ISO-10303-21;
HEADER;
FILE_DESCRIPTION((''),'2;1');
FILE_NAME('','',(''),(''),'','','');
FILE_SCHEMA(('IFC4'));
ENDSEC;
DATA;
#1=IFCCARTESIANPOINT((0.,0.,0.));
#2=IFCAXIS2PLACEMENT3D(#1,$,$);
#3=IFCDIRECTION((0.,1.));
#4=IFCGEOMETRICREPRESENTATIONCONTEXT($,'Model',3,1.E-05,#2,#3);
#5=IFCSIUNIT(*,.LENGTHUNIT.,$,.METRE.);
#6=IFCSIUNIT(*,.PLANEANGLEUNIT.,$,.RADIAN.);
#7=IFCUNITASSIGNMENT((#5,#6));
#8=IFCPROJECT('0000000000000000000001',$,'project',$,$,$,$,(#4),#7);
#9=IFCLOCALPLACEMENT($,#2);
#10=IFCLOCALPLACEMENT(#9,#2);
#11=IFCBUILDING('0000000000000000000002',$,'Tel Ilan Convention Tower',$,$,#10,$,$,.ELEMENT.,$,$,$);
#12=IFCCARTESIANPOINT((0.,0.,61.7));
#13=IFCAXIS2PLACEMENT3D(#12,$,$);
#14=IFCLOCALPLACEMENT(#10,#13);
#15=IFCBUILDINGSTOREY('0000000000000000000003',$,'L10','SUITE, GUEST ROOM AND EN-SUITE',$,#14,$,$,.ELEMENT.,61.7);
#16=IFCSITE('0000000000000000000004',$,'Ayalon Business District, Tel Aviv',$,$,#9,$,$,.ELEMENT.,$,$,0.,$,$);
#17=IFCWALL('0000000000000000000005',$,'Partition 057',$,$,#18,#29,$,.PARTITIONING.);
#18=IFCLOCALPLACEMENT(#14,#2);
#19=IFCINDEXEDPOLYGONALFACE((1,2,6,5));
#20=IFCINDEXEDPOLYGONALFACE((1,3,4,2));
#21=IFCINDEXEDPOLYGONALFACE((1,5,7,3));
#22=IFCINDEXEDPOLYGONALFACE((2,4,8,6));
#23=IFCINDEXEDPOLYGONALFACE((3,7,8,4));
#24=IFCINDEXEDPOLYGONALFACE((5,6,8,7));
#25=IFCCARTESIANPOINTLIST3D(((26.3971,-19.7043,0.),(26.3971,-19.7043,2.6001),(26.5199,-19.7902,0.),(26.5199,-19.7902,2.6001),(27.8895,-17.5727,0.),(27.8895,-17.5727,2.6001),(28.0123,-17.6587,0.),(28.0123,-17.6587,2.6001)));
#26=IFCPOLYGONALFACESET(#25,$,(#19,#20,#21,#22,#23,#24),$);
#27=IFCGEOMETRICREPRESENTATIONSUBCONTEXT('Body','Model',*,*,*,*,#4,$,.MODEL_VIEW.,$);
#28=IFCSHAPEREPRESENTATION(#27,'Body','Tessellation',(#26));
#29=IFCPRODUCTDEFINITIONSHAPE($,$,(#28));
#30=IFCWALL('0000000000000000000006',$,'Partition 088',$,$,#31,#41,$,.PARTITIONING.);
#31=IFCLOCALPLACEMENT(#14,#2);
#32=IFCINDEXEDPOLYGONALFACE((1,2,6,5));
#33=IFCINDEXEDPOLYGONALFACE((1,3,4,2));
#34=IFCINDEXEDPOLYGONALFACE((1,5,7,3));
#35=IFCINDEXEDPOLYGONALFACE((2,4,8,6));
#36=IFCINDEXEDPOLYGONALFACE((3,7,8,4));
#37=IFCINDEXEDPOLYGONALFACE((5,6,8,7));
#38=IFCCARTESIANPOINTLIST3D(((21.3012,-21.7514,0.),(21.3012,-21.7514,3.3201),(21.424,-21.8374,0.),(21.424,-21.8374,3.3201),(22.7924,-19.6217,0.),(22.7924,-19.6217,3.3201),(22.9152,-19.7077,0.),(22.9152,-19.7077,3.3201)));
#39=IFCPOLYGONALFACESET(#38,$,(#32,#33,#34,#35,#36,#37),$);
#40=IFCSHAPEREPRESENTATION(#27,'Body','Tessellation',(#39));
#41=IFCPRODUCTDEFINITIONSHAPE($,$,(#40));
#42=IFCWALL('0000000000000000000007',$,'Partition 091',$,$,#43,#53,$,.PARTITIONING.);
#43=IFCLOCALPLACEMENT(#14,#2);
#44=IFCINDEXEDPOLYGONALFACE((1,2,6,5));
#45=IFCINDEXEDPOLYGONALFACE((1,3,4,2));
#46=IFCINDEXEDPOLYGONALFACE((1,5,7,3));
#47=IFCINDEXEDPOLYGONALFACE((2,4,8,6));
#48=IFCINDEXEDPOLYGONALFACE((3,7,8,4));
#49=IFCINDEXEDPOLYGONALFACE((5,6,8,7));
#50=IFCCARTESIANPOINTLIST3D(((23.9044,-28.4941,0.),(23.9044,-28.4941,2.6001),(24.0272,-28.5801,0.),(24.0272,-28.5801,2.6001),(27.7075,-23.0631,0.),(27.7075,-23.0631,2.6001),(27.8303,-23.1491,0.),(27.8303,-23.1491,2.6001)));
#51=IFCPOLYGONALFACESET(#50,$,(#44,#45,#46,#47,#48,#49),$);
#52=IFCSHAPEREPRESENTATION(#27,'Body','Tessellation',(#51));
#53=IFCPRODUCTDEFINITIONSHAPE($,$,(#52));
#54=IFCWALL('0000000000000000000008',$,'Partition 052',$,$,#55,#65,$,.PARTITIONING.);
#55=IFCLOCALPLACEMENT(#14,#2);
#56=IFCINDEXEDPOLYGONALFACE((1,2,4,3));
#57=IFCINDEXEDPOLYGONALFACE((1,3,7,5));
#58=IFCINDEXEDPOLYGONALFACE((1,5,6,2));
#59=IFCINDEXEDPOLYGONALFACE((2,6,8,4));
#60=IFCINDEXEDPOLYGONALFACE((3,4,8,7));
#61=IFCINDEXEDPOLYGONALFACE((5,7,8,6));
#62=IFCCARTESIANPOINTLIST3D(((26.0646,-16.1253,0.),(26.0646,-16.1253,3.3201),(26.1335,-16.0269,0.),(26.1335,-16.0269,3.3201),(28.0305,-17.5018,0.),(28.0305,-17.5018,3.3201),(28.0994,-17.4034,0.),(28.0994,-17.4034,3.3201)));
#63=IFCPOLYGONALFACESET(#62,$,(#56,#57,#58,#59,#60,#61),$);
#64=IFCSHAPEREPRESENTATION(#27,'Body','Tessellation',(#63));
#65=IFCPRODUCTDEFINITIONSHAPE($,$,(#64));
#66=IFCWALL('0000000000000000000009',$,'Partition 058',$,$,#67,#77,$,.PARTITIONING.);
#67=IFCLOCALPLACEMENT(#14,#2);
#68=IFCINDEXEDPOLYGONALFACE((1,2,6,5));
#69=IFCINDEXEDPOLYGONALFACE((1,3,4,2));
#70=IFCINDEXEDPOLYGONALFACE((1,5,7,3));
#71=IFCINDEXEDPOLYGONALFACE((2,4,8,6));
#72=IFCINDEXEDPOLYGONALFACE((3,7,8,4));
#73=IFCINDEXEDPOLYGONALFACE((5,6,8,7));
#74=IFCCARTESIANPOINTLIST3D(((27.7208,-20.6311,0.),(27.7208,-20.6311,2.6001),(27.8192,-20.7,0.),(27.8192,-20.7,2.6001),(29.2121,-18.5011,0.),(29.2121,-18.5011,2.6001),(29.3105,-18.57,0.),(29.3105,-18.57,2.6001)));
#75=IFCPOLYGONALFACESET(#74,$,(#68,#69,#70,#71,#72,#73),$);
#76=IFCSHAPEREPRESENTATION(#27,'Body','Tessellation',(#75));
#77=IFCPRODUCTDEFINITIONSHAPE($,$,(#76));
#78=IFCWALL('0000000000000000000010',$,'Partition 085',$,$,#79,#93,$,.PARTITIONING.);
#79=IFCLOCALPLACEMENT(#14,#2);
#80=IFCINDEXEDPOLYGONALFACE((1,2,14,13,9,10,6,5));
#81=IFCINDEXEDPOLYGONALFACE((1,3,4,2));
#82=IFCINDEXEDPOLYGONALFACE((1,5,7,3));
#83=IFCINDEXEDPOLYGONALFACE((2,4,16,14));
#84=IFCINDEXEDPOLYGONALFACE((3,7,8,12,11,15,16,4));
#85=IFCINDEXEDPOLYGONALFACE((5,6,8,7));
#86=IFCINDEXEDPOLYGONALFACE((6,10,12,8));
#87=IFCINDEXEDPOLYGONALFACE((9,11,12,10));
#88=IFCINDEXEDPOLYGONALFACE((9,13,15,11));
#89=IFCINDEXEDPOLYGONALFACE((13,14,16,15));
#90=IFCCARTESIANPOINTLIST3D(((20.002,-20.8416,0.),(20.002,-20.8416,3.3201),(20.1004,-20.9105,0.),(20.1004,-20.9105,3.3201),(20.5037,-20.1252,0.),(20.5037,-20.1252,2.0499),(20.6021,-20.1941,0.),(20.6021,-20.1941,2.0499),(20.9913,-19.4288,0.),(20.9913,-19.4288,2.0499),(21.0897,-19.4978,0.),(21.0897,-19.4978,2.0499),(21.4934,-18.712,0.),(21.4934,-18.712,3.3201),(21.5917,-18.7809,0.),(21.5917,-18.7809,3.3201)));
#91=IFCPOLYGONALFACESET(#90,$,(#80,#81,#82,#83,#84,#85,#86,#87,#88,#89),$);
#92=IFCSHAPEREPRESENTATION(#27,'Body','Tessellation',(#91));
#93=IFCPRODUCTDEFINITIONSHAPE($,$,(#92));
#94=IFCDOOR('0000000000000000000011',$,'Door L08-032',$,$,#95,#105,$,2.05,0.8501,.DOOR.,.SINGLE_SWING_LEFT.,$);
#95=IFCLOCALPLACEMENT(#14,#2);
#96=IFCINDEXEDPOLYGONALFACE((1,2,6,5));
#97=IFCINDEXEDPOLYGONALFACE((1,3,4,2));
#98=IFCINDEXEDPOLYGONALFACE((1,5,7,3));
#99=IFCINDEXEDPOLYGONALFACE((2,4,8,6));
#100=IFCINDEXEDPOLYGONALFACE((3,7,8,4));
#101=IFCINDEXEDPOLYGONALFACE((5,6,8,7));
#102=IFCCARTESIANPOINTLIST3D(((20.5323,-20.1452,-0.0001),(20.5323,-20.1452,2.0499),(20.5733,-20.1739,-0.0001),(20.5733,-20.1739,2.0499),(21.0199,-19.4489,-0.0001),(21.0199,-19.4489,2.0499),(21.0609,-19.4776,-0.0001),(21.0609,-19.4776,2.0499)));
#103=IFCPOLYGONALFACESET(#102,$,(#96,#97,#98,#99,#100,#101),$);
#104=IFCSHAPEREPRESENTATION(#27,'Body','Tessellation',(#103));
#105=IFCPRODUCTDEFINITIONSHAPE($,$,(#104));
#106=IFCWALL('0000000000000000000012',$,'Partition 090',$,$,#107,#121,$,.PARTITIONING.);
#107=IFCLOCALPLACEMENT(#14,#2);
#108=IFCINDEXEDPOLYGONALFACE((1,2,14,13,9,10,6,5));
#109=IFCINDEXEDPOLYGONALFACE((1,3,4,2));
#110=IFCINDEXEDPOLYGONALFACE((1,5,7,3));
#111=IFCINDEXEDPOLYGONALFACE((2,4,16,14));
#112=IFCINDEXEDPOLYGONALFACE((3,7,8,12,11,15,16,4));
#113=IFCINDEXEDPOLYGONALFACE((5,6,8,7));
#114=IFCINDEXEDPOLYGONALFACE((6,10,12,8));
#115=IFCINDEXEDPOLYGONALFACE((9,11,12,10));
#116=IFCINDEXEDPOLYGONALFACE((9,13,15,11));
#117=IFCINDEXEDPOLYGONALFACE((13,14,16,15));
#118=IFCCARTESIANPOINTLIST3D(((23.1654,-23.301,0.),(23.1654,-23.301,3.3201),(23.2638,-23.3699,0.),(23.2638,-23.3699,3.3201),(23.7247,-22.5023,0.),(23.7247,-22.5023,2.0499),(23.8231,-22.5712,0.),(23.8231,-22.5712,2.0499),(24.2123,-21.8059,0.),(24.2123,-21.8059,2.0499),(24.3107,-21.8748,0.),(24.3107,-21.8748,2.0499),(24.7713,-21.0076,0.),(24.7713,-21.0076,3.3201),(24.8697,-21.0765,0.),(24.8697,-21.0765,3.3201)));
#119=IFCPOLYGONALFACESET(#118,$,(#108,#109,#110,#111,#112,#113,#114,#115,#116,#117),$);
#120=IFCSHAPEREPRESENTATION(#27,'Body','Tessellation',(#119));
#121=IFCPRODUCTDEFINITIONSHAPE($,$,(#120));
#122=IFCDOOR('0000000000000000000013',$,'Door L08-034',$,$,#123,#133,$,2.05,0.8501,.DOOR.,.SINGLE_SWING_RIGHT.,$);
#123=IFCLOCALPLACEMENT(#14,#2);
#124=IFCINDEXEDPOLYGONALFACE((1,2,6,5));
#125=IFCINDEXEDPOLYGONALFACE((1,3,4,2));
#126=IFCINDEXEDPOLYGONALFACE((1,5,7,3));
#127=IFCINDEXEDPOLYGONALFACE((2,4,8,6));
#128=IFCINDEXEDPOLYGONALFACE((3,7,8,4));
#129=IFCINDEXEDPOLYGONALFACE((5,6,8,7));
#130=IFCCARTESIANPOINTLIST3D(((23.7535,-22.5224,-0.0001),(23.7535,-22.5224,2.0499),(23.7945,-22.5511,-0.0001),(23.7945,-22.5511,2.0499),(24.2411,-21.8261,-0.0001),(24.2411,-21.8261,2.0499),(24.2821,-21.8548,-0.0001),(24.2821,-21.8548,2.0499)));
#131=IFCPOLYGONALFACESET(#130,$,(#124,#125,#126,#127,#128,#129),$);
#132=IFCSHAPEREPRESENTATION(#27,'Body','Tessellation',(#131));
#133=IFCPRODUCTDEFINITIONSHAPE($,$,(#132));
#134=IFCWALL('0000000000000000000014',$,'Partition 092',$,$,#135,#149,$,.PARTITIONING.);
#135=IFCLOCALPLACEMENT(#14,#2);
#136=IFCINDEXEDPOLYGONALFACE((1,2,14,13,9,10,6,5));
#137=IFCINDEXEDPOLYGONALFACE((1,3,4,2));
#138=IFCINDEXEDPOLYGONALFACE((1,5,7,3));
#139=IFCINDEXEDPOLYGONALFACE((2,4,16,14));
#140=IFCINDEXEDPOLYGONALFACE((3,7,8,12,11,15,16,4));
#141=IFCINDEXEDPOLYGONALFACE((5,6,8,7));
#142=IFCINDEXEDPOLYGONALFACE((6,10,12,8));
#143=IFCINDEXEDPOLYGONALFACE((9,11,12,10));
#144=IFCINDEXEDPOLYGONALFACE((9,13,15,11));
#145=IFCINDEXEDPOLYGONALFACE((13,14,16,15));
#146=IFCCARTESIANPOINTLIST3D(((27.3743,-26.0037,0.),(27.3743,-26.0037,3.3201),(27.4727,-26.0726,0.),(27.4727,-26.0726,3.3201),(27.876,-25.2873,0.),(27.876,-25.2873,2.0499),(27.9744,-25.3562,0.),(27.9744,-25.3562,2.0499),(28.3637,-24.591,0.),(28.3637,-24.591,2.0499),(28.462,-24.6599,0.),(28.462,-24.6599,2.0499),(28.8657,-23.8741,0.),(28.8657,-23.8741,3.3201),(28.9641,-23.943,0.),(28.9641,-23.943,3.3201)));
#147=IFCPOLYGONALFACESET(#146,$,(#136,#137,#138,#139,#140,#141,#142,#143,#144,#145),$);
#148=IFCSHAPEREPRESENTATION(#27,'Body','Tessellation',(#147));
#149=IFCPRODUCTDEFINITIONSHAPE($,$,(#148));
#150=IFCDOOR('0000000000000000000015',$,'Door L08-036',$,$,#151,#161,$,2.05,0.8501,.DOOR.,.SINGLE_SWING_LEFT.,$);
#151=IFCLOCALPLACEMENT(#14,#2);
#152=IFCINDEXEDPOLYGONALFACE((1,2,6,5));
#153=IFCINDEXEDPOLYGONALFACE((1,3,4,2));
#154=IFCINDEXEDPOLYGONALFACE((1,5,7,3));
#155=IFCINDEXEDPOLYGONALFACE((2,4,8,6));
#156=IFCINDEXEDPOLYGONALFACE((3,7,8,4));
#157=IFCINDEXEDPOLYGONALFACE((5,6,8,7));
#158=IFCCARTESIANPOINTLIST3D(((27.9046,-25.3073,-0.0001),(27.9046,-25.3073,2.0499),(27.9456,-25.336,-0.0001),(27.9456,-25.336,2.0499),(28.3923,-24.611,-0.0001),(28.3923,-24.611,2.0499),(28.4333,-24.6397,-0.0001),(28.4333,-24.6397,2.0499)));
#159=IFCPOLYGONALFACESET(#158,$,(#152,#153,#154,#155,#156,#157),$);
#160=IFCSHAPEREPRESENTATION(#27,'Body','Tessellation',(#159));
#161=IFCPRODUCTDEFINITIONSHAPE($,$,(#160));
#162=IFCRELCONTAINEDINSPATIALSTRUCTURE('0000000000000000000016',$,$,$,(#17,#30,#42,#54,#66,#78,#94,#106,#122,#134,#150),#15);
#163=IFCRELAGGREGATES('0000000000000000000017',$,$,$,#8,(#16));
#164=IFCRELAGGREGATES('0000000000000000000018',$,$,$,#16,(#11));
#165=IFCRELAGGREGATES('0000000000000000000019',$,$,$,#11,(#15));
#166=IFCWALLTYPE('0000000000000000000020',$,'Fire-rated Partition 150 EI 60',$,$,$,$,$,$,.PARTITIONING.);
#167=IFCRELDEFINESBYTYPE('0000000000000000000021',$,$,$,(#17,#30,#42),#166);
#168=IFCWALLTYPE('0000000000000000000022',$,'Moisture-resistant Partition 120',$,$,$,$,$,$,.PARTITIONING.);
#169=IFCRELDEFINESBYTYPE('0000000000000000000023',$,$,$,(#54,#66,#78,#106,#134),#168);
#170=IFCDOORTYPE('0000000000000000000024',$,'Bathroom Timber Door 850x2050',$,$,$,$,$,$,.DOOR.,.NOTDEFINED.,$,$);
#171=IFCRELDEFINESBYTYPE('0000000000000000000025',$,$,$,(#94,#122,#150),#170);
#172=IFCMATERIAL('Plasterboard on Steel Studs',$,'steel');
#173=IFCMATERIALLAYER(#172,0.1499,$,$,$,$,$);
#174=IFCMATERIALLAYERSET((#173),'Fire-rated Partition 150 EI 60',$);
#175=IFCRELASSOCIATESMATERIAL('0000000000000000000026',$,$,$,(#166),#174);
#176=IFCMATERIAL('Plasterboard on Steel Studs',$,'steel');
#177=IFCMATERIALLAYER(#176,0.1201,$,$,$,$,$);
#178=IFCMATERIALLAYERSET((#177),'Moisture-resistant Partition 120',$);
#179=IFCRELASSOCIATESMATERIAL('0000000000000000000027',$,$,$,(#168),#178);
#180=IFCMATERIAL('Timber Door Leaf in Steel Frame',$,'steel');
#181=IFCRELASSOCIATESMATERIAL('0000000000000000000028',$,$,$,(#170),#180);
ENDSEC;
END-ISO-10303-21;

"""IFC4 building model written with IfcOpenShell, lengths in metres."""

from ifc_helpers import new_model, si_unit, direction, frame, frame_2d, origin, place, context, subcontext, project, spatial, rectangle, extrude, material, layer, layer_set, type_object, element, fill, save


model = new_model("IFC4")

# Units and contexts
model_context = context("Model", 3, precision=1e-05, world=origin(), true_north=direction((0.0, 1.0)))
body_context = subcontext(model_context, "Body", "Model", "MODEL_VIEW")
ifc_project = project(units=[si_unit("LENGTHUNIT", "METRE"), si_unit("PLANEANGLEUNIT", "RADIAN")], contexts=[model_context])

# Site, building, storey
site_placement = place(None, origin())
site = spatial("IfcSite", under=ifc_project, at=site_placement, Name="Ayalon Business District, Tel Aviv", CompositionType="ELEMENT", RefElevation=0.0)
building_placement = place(site_placement, origin())
building = spatial("IfcBuilding", under=site, at=building_placement, Name="Tel Ilan Convention Tower", CompositionType="ELEMENT")
storey_placement = place(building_placement, frame((0.0, 0.0, 61.7)))
storey = spatial("IfcBuildingStorey", under=building, at=storey_placement, Name="L10", Description="SUITE, GUEST ROOM AND EN-SUITE", CompositionType="ELEMENT", Elevation=61.7)

# Shared definitions
ifc_material_1 = material(Name="Plasterboard on Steel Studs", Category="steel")
ifc_layer_1 = layer(ifc_material_1, 0.1499)
ifc_layer_set_1 = layer_set([ifc_layer_1], Name="Fire-rated Partition 150 EI 60")
wall_type_1 = type_object("IfcWallType", Name="Fire-rated Partition 150 EI 60", PredefinedType="PARTITIONING", material=ifc_layer_set_1)

# Walls
wall_1_placement = place(storey_placement, frame((27.9509, -17.6157, 0.0), z_axis=(0.0, 0.0, 1.0), x_axis=(-0.573544, -0.819175, 0.0)))
element("IfcWall", 1, at=wall_1_placement, inside=storey, type_object=wall_type_1, Name="Partition 057", PredefinedType="PARTITIONING", context=body_context, shape_type="SweptSolid", body=[
    extrude(rectangle(XDim=2.6021, YDim=0.1499, at=frame_2d((1.301, 0.0))), origin(), (0.0, 0.0, 1.0), 2.6001),
])
wall_2_placement = place(storey_placement, frame((22.8538, -19.6648, 0.0), z_axis=(0.0, 0.0, 1.0), x_axis=(-0.573582, -0.819148, 0.0)))
element("IfcWall", 2, at=wall_2_placement, inside=storey, type_object=wall_type_1, Name="Partition 088", PredefinedType="PARTITIONING", context=body_context, shape_type="SweptSolid", body=[
    extrude(rectangle(XDim=2.5999, YDim=0.1499, at=frame_2d((1.2998, 0.0))), origin(), (0.0, 0.0, 1.0), 3.3201),
])
wall_3_placement = place(storey_placement, frame((27.7688, -23.1062, 0.0), z_axis=(0.0, 0.0, 1.0), x_axis=(-0.573598, -0.819137, 0.0)))
element("IfcWall", 3, at=wall_3_placement, inside=storey, type_object=wall_type_1, Name="Partition 091", PredefinedType="PARTITIONING", context=body_context, shape_type="SweptSolid", body=[
    extrude(rectangle(XDim=6.6301, YDim=0.1499, at=frame_2d((3.3149, 0.0))), origin(), (0.0, 0.0, 1.0), 2.6001),
])
ifc_material_2 = material(Name="Plasterboard on Steel Studs", Category="steel")
ifc_layer_2 = layer(ifc_material_2, 0.1201)
ifc_layer_set_2 = layer_set([ifc_layer_2], Name="Moisture-resistant Partition 120")
wall_type_2 = type_object("IfcWallType", Name="Moisture-resistant Partition 120", PredefinedType="PARTITIONING", material=ifc_layer_set_2)
wall_4_placement = place(storey_placement, frame((28.0649, -17.4526, 0.0), z_axis=(0.0, 0.0, 1.0), x_axis=(-0.819155, 0.573572, 0.0)))
element("IfcWall", 4, at=wall_4_placement, inside=storey, type_object=wall_type_2, Name="Partition 052", PredefinedType="PARTITIONING", context=body_context, shape_type="SweptSolid", body=[
    extrude(rectangle(XDim=2.3999, YDim=0.1201, at=frame_2d((1.2, 0.0))), origin(), (0.0, 0.0, 1.0), 3.3201),
])
wall_5_placement = place(storey_placement, frame((27.77, -20.6655, 0.0), z_axis=(0.0, 0.0, 1.0), x_axis=(0.573538, 0.819179, 0.0)))
element("IfcWall", 5, at=wall_5_placement, inside=storey, type_object=wall_type_2, Name="Partition 058", PredefinedType="PARTITIONING", context=body_context, shape_type="SweptSolid", body=[
    extrude(rectangle(XDim=2.6001, YDim=0.1201, at=frame_2d((1.3, 0.0))), origin(), (0.0, 0.0, 1.0), 2.6001),
])

# Walls, openings, doors
wall_6_placement = place(storey_placement, frame((21.5425, -18.7466, 0.0), z_axis=(0.0, 0.0, 1.0), x_axis=(-0.573645, -0.819104, 0.0)))
wall_6 = element("IfcWall", 6, at=wall_6_placement, inside=storey, type_object=wall_type_2, Name="Partition 085", PredefinedType="PARTITIONING", context=body_context, shape_type="SweptSolid", body=[
    extrude(rectangle(XDim=2.5999, YDim=0.1201, at=frame_2d((1.2998, 0.0))), origin(), (0.0, 0.0, 1.0), 3.3201),
])
opening_1_placement = place(wall_6_placement, frame((0.875, 0.0, 0.0)))
opening_1 = element("IfcOpeningElement", 7, at=opening_1_placement, cuts=wall_6, PredefinedType="OPENING", context=body_context, shape_type="SweptSolid", body=[
    extrude(rectangle(XDim=0.8501, YDim=2.05, at=frame_2d((0.425, 1.0249))), frame((0.0, 0.0701, 0.0), z_axis=(0.0, -1.0, 0.0), x_axis=(1.0, 0.0, 0.0)), (0.0, 0.0, 1.0), 0.1401),
])
ifc_material_3 = material(Name="Timber Door Leaf in Steel Frame", Category="steel")
door_type_1 = type_object("IfcDoorType", Name="Bathroom Timber Door 850x2050", OperationType="NOTDEFINED", PredefinedType="DOOR", material=ifc_material_3)
door_1_placement = place(opening_1_placement, origin())
door_1 = element("IfcDoor", 8, at=door_1_placement, inside=storey, type_object=door_type_1, Name="Door L08-032", OperationType="SINGLE_SWING_LEFT", OverallHeight=2.05, OverallWidth=0.8501, PredefinedType="DOOR", context=body_context, shape_type="SweptSolid", body=[
    extrude(rectangle(XDim=0.8501, YDim=2.05, at=frame_2d((0.425, 1.0249))), frame((0.0, 0.0249, 0.0), z_axis=(0.0, -1.0, 0.0), x_axis=(1.0, 0.0, 0.0)), (0.0, 0.0, 1.0), 0.05),
])
fill(opening_1, door_1)
wall_7_placement = place(storey_placement, frame((23.2146, -23.3354, 0.0), z_axis=(0.0, 0.0, 1.0), x_axis=(0.573591, 0.819142, 0.0)))
wall_7 = element("IfcWall", 9, at=wall_7_placement, inside=storey, type_object=wall_type_2, Name="Partition 090", PredefinedType="PARTITIONING", context=body_context, shape_type="SweptSolid", body=[
    extrude(rectangle(XDim=2.7998, YDim=0.1201, at=frame_2d((1.3999, 0.0))), origin(), (0.0, 0.0, 1.0), 3.3201),
])
opening_2_placement = place(wall_7_placement, frame((0.9751, 0.0, 0.0)))
opening_2 = element("IfcOpeningElement", 10, at=opening_2_placement, cuts=wall_7, PredefinedType="OPENING", context=body_context, shape_type="SweptSolid", body=[
    extrude(rectangle(XDim=0.8501, YDim=2.05, at=frame_2d((0.425, 1.0249))), frame((0.0, 0.0701, 0.0), z_axis=(0.0, -1.0, 0.0), x_axis=(1.0, 0.0, 0.0)), (0.0, 0.0, 1.0), 0.1401),
])
door_2_placement = place(opening_2_placement, origin())
door_2 = element("IfcDoor", 11, at=door_2_placement, inside=storey, type_object=door_type_1, Name="Door L08-034", OperationType="SINGLE_SWING_RIGHT", OverallHeight=2.05, OverallWidth=0.8501, PredefinedType="DOOR", context=body_context, shape_type="SweptSolid", body=[
    extrude(rectangle(XDim=0.8501, YDim=2.05, at=frame_2d((0.425, 1.0249))), frame((0.0, 0.0249, 0.0), z_axis=(0.0, -1.0, 0.0), x_axis=(1.0, 0.0, 0.0)), (0.0, 0.0, 1.0), 0.05),
])
fill(opening_2, door_2)
wall_8_placement = place(storey_placement, frame((28.9148, -23.9087, 0.0), z_axis=(0.0, 0.0, 1.0), x_axis=(-0.573645, -0.819104, 0.0)))
wall_8 = element("IfcWall", 12, at=wall_8_placement, inside=storey, type_object=wall_type_2, Name="Partition 092", PredefinedType="PARTITIONING", context=body_context, shape_type="SweptSolid", body=[
    extrude(rectangle(XDim=2.5999, YDim=0.1201, at=frame_2d((1.2998, 0.0))), origin(), (0.0, 0.0, 1.0), 3.3201),
])
opening_3_placement = place(wall_8_placement, frame((0.875, 0.0, 0.0)))
opening_3 = element("IfcOpeningElement", 13, at=opening_3_placement, cuts=wall_8, PredefinedType="OPENING", context=body_context, shape_type="SweptSolid", body=[
    extrude(rectangle(XDim=0.8501, YDim=2.05, at=frame_2d((0.425, 1.0249))), frame((0.0, 0.0701, 0.0), z_axis=(0.0, -1.0, 0.0), x_axis=(1.0, 0.0, 0.0)), (0.0, 0.0, 1.0), 0.1401),
])
door_3_placement = place(opening_3_placement, origin())
door_3 = element("IfcDoor", 14, at=door_3_placement, inside=storey, type_object=door_type_1, Name="Door L08-036", OperationType="SINGLE_SWING_LEFT", OverallHeight=2.05, OverallWidth=0.8501, PredefinedType="DOOR", context=body_context, shape_type="SweptSolid", body=[
    extrude(rectangle(XDim=0.8501, YDim=2.05, at=frame_2d((0.425, 1.0249))), frame((0.0, 0.0249, 0.0), z_axis=(0.0, -1.0, 0.0), x_axis=(1.0, 0.0, 0.0)), (0.0, 0.0, 1.0), 0.05),
])
fill(opening_3, door_3)

save(model, "model.ifc")
